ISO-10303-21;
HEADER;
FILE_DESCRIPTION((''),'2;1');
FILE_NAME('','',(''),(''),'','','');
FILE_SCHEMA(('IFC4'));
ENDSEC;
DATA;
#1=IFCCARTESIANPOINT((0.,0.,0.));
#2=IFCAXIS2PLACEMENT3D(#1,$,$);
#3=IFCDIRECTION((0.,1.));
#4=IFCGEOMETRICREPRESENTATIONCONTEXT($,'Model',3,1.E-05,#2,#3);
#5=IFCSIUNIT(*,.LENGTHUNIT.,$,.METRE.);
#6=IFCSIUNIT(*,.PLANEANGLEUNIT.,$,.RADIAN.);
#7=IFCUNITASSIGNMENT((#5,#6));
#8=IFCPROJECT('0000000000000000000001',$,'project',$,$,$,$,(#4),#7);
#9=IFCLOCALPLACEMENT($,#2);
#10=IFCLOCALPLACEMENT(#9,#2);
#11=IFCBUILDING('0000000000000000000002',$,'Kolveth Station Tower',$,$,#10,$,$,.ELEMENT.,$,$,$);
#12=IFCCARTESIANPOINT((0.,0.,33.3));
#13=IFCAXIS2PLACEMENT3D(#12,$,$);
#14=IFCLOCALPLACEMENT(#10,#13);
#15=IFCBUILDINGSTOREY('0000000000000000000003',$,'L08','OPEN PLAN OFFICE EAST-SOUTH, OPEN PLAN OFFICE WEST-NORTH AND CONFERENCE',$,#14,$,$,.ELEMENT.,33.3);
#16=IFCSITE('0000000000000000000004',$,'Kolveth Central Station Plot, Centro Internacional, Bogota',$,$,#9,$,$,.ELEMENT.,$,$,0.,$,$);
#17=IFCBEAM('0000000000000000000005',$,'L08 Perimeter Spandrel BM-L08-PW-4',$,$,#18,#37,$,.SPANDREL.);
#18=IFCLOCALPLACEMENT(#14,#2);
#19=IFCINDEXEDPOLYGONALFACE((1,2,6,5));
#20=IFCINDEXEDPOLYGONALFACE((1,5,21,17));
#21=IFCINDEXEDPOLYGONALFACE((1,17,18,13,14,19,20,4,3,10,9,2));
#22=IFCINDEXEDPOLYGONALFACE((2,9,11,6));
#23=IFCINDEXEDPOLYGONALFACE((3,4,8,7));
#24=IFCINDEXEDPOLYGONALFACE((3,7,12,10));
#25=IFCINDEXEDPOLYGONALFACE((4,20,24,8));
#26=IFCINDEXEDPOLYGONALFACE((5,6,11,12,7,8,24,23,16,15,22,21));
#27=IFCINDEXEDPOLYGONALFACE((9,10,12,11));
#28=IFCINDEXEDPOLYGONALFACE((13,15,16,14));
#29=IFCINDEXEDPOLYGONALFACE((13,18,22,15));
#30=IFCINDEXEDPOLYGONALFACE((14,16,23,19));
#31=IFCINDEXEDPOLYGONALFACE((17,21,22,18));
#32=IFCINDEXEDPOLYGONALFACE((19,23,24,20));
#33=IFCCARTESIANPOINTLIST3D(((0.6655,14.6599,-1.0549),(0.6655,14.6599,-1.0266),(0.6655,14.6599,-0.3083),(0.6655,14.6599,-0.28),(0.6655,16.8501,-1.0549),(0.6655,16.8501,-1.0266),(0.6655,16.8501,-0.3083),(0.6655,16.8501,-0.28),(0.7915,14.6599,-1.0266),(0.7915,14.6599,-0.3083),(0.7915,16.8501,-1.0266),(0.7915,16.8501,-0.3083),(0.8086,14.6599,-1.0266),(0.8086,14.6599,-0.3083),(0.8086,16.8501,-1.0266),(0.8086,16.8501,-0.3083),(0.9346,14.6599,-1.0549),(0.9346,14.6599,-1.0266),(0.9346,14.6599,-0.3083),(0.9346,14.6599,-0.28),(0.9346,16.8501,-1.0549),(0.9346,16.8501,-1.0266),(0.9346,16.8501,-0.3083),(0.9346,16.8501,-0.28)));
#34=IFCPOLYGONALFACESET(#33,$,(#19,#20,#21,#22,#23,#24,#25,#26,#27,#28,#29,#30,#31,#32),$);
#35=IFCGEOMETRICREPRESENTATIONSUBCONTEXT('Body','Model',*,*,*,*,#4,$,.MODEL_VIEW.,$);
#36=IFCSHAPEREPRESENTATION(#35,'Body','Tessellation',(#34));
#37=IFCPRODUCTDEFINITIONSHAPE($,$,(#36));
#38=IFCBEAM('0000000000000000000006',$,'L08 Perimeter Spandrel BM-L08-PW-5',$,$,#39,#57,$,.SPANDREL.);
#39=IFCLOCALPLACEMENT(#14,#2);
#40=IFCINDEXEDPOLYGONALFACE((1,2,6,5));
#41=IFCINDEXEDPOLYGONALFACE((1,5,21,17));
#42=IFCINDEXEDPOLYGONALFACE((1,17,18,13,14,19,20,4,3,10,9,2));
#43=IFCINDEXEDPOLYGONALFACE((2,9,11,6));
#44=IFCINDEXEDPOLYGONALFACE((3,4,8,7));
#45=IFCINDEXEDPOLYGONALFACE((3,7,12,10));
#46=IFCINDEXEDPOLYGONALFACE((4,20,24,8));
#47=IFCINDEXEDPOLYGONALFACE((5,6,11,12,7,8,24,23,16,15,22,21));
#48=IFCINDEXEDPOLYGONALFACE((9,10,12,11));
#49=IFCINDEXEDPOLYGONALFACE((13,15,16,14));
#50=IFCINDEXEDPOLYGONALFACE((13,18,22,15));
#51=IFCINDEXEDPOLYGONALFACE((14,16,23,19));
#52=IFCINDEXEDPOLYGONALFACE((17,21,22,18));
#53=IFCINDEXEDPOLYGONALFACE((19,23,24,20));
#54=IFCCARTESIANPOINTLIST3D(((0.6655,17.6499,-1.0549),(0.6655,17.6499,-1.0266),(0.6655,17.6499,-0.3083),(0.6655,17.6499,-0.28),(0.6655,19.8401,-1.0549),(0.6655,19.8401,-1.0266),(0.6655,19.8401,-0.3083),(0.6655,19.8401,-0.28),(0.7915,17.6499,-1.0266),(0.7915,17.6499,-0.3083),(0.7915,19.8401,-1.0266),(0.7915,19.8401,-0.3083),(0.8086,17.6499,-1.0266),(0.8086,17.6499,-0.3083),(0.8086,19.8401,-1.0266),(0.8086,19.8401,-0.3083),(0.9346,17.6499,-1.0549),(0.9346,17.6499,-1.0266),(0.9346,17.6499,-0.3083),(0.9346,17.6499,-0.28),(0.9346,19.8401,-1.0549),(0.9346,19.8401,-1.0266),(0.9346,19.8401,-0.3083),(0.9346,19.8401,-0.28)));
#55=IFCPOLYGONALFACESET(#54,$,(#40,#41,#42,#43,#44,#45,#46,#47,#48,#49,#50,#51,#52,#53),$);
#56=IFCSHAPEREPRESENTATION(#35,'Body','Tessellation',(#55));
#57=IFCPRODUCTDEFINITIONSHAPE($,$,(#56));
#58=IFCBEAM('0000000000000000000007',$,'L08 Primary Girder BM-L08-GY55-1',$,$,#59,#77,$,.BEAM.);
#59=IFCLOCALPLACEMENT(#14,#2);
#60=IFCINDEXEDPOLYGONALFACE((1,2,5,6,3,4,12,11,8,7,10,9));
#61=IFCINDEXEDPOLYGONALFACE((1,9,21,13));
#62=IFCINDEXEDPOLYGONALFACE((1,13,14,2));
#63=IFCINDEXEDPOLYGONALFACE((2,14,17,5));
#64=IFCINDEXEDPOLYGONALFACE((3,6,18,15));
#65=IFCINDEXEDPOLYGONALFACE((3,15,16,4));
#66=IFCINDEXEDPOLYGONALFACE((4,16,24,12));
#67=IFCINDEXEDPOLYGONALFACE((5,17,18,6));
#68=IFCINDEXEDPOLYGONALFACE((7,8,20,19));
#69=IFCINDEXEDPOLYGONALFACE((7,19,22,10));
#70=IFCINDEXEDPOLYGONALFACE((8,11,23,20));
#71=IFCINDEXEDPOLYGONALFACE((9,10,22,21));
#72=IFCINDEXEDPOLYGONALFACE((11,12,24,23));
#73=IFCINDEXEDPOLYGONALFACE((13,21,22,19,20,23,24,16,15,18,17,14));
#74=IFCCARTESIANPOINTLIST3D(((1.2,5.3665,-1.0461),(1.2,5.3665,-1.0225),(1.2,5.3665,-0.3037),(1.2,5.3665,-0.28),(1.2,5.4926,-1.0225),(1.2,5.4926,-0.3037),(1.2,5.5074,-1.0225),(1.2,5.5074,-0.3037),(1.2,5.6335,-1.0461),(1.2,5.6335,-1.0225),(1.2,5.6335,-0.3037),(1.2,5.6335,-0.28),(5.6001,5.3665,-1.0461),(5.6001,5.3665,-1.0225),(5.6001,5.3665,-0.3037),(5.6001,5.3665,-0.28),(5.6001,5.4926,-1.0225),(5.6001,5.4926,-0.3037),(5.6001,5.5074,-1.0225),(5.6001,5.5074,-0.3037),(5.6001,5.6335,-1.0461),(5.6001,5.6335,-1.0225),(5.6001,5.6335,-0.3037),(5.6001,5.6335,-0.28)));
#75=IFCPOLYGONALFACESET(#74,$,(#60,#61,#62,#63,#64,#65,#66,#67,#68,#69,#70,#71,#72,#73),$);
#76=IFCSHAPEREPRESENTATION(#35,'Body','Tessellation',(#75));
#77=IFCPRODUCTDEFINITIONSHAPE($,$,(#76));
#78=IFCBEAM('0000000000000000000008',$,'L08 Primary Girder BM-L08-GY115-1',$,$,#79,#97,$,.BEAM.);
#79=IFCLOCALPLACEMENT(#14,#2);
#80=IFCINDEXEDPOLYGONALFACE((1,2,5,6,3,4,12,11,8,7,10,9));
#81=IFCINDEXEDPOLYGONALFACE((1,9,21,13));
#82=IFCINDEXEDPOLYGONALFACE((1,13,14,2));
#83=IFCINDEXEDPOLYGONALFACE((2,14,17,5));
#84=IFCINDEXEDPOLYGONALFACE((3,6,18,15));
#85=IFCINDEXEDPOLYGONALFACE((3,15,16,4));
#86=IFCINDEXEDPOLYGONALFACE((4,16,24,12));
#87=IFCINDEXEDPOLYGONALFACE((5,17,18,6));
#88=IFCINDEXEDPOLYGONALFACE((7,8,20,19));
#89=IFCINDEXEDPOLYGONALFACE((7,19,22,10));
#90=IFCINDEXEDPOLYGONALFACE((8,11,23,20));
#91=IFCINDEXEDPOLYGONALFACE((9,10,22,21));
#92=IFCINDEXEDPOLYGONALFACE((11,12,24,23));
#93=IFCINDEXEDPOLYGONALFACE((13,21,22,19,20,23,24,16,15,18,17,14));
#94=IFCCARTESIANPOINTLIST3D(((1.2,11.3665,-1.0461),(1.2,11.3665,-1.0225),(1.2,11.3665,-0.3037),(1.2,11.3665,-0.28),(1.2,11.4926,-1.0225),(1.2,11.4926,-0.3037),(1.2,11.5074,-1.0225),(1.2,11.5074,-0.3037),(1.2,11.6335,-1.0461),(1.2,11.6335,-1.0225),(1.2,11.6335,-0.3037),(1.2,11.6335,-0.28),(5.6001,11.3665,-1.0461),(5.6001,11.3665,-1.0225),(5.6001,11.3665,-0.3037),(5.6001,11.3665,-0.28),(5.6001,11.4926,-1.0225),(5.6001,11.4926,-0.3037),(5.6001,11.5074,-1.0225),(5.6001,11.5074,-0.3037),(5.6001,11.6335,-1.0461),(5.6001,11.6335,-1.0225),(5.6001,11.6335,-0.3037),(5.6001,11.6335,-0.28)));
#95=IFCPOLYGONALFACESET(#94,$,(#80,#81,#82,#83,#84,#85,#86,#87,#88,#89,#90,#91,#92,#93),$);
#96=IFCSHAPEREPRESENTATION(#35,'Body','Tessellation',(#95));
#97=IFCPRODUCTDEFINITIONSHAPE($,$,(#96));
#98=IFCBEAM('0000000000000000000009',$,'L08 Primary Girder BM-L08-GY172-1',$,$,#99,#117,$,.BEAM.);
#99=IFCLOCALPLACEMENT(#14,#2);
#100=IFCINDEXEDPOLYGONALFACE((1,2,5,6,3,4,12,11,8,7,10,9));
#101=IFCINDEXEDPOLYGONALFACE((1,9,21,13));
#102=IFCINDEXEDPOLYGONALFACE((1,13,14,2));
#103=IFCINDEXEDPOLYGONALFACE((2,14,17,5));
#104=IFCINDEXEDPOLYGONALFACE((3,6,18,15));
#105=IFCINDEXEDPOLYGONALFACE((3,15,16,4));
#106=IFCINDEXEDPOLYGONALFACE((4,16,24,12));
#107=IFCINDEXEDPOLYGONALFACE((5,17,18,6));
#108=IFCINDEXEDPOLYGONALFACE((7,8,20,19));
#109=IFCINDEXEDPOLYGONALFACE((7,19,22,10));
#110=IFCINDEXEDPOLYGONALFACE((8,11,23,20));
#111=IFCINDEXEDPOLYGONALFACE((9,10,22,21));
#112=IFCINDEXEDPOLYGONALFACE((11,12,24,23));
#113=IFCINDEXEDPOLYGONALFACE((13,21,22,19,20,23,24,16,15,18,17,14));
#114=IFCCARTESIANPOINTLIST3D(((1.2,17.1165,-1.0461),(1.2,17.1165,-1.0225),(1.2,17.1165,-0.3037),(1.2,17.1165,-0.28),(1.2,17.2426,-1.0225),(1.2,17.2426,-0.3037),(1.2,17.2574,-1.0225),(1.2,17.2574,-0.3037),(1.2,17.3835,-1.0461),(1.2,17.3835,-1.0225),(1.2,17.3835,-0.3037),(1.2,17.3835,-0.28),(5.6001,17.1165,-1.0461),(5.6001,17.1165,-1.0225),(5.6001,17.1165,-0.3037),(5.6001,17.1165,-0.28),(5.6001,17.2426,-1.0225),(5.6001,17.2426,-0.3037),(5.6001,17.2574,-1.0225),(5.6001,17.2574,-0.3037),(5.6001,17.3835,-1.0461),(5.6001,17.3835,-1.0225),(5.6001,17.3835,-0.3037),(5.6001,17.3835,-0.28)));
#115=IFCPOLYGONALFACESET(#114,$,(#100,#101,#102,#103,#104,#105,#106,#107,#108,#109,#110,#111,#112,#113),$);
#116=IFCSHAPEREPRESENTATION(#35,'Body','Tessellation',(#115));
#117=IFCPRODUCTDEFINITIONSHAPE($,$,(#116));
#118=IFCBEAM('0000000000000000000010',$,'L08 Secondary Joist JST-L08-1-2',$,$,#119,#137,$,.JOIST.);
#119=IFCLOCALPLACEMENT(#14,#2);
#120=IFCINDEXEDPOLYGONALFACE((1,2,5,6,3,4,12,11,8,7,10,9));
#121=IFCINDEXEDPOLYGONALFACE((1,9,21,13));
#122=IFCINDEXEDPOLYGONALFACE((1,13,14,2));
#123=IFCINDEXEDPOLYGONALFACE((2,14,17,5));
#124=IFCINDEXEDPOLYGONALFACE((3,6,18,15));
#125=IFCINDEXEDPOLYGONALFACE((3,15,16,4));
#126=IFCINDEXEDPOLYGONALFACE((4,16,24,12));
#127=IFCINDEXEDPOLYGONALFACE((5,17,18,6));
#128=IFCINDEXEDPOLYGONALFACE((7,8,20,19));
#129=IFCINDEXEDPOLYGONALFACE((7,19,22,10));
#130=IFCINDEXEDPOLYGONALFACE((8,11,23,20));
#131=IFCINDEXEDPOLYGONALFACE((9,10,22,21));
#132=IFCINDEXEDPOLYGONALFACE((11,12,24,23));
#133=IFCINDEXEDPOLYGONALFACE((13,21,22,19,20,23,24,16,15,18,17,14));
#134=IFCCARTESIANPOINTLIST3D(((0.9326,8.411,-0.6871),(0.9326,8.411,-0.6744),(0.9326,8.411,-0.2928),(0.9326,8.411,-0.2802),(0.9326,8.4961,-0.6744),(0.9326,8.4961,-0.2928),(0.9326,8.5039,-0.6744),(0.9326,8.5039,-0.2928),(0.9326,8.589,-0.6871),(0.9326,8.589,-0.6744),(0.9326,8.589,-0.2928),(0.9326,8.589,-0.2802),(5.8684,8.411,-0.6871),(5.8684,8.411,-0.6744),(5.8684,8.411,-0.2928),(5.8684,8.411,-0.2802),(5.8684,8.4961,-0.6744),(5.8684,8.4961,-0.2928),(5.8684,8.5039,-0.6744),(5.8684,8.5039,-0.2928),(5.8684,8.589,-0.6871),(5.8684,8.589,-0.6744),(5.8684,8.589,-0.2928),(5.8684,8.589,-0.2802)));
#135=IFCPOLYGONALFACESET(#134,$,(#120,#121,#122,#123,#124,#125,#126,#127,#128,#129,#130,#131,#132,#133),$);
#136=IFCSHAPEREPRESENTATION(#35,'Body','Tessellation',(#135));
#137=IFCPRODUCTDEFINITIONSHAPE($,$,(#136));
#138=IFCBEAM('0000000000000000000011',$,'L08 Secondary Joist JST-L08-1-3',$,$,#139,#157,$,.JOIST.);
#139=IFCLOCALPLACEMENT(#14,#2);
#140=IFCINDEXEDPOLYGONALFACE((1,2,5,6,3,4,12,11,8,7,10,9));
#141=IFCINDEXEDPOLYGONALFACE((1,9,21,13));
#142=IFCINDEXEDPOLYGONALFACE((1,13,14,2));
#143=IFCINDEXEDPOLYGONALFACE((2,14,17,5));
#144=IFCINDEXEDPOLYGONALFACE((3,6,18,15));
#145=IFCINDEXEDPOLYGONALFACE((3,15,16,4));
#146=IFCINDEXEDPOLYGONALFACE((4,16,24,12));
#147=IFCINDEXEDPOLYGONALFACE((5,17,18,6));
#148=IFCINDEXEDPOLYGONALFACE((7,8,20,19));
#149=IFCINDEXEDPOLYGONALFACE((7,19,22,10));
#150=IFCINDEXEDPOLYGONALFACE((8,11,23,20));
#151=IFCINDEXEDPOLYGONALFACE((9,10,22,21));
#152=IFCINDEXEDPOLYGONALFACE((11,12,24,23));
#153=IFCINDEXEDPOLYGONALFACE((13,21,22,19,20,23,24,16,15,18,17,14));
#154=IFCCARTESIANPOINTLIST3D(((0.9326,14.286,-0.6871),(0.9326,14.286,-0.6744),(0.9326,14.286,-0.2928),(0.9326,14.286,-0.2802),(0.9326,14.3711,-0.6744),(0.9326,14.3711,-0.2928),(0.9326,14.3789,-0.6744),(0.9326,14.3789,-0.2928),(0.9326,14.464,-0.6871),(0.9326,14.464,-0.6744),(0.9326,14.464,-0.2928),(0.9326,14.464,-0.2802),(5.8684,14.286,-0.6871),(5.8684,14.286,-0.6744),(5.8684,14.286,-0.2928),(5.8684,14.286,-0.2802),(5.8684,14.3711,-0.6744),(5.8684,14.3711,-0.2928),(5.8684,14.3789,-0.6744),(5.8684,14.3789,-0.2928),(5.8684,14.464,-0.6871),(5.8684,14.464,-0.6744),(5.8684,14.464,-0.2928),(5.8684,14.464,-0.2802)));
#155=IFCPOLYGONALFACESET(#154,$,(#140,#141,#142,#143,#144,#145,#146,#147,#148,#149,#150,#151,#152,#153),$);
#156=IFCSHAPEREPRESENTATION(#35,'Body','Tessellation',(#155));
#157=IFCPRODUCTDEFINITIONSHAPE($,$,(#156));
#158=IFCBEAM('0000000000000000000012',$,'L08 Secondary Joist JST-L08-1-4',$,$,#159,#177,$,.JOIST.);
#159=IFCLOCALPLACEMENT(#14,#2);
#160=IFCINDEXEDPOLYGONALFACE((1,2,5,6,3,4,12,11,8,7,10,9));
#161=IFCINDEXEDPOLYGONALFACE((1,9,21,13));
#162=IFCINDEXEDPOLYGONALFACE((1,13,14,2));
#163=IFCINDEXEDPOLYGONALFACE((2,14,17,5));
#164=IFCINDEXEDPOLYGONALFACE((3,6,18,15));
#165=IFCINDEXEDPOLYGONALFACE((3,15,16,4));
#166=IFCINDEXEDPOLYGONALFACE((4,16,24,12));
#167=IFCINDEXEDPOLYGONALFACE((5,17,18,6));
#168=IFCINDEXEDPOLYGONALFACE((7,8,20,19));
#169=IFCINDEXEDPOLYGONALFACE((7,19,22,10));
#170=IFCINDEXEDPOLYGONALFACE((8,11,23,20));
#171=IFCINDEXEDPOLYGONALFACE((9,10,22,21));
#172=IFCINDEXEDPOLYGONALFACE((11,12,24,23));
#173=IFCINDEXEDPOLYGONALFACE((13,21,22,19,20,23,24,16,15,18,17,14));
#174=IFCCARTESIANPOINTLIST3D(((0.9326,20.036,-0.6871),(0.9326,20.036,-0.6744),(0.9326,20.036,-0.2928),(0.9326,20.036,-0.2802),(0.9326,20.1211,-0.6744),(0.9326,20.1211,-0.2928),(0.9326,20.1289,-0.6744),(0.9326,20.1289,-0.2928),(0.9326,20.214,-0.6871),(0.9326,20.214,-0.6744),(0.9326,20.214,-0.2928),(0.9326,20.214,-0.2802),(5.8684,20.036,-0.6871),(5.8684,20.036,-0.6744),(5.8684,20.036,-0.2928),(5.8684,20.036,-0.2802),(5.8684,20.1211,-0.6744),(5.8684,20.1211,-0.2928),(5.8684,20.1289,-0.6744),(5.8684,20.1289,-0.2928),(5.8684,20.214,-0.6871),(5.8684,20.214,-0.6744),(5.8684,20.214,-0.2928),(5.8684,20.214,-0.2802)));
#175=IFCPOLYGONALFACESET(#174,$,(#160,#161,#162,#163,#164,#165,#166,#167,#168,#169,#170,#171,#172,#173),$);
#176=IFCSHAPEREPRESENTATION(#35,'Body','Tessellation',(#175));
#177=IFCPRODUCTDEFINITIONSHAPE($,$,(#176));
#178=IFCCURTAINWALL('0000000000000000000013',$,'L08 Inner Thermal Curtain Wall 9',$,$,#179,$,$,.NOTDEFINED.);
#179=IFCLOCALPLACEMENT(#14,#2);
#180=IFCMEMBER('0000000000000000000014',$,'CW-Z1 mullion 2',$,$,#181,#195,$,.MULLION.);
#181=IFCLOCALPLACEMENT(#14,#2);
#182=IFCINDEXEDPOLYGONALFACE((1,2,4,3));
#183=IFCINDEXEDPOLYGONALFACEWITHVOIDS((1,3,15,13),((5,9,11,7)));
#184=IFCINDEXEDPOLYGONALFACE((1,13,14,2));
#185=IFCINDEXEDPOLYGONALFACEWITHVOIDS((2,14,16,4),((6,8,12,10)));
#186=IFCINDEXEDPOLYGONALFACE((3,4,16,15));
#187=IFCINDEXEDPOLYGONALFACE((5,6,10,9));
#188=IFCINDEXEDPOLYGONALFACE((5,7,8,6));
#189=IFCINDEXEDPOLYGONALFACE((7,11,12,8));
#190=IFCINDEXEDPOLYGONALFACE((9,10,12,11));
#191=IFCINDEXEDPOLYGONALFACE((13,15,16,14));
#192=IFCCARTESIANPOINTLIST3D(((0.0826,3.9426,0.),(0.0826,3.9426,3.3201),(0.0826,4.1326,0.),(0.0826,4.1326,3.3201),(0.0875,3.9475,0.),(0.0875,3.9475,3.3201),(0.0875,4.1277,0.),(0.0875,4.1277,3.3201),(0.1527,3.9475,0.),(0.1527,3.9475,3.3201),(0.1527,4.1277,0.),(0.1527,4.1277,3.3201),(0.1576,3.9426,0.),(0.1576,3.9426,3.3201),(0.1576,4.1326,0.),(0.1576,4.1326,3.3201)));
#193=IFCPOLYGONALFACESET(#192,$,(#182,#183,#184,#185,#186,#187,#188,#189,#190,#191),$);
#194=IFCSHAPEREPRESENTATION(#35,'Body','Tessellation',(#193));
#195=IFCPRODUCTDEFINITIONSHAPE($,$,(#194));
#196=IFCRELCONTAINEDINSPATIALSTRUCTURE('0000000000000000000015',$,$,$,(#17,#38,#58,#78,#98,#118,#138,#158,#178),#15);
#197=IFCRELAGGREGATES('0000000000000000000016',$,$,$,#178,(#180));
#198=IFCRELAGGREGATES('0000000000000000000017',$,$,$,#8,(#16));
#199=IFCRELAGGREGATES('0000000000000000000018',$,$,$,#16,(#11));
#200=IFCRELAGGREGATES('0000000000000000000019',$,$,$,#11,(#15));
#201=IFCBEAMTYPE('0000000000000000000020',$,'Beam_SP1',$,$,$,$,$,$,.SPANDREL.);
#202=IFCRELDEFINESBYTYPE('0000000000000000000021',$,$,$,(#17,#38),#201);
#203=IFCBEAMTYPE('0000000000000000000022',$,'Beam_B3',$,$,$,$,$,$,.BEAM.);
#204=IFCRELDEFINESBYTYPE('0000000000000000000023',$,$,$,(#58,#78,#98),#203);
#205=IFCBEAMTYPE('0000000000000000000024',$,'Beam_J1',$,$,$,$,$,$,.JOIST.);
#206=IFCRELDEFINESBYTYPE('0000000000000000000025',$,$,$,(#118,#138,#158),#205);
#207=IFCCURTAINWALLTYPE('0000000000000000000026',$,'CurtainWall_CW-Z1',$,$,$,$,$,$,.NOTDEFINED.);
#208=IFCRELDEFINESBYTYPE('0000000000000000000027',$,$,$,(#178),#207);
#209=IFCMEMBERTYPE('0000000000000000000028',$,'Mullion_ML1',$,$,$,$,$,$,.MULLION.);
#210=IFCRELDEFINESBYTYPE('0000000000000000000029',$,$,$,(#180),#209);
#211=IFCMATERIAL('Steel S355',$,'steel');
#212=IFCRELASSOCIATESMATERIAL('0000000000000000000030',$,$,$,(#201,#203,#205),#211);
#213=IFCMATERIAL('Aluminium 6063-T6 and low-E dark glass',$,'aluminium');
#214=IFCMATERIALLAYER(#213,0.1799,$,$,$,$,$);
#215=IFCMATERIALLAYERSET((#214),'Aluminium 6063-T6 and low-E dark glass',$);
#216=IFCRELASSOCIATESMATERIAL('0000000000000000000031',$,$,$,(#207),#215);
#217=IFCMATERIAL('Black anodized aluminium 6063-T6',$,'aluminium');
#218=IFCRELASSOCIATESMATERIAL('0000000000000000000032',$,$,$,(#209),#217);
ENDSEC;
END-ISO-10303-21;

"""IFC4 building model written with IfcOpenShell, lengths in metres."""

from ifc_helpers import new_model, si_unit, direction, frame, origin, origin_2d, place, context, subcontext, project, spatial, hollow_rectangle, i_section, extrude, source, transform, mapped, material, layer, layer_set, material_profile, profile_set, type_object, element, aggregate, save


model = new_model("IFC4")

# Units and contexts
model_context = context("Model", 3, precision=1e-05, world=origin(), true_north=direction((0.0, 1.0)))
body_context = subcontext(model_context, "Body", "Model", "MODEL_VIEW")
ifc_project = project(units=[si_unit("LENGTHUNIT", "METRE"), si_unit("PLANEANGLEUNIT", "RADIAN")], contexts=[model_context])

# Site, building, storey
site_placement = place(None, origin())
site = spatial("IfcSite", under=ifc_project, at=site_placement, Name="Kolveth Central Station Plot, Centro Internacional, Bogota", CompositionType="ELEMENT", RefElevation=0.0)
building_placement = place(site_placement, origin())
building = spatial("IfcBuilding", under=site, at=building_placement, Name="Kolveth Station Tower", CompositionType="ELEMENT")
storey_placement = place(building_placement, frame((0.0, 0.0, 33.3)))
storey = spatial("IfcBuildingStorey", under=building, at=storey_placement, Name="L08", Description="OPEN PLAN OFFICE EAST-SOUTH, OPEN PLAN OFFICE WEST-NORTH AND CONFERENCE", CompositionType="ELEMENT", Elevation=33.3)

# Shared definitions
ifc_material_1 = material(Name="Steel S355", Category="steel")

# Beams
ifc_material_profile_1 = material_profile(ifc_material_1, i_section(OverallWidth=0.269, OverallDepth=0.7749, WebThickness=0.0171, FlangeThickness=0.0283, at=origin_2d()), Name="W760x220")
ifc_profile_set_1 = profile_set([ifc_material_profile_1], Name="Steel S355")
beam_type_1 = type_object("IfcBeamType", Name="Beam_SP1", PredefinedType="SPANDREL", material=ifc_profile_set_1)
shared_shape_1 = source(origin(), body_context, "Body", "SweptSolid", [
    extrude(i_section(OverallWidth=0.269, OverallDepth=0.7749, WebThickness=0.0171, FlangeThickness=0.0283, at=origin_2d()), origin(), (0.0, 0.0, 1.0), 2.1902),
])
for number, where, z_axis, x_axis, name in (
    (1, (0.8, 14.6599, -0.6675), (0.0, 1.0, 0.0), (-1.0, 0.0, 0.0), "L08 Perimeter Spandrel BM-L08-PW-4"),
    (2, (0.8, 17.6499, -0.6675), (0.0, 1.0, 0.0), (-1.0, 0.0, 0.0), "L08 Perimeter Spandrel BM-L08-PW-5"),
):
    element("IfcBeam", number, at=place(storey_placement, frame(where, z_axis=z_axis, x_axis=x_axis)), inside=storey, type_object=beam_type_1, Name=name, PredefinedType="SPANDREL", context=body_context, shape_type="MappedRepresentation", body=[
        mapped(shared_shape_1, transform((0.0, 0.0, 0.0), x_axis=(1.0, 0.0, 0.0), y_axis=(0.0, 1.0, 0.0), z_axis=(0.0, 0.0, 1.0), scale=1.0)),
    ])
ifc_material_profile_2 = material_profile(ifc_material_1, i_section(OverallWidth=0.2671, OverallDepth=0.7661, WebThickness=0.0149, FlangeThickness=0.0237, at=origin_2d()), Name="W760x185")
ifc_profile_set_2 = profile_set([ifc_material_profile_2], Name="Steel S355")
beam_type_2 = type_object("IfcBeamType", Name="Beam_B3", PredefinedType="BEAM", material=ifc_profile_set_2)
shared_shape_2 = source(origin(), body_context, "Body", "SweptSolid", [
    extrude(i_section(OverallWidth=0.2671, OverallDepth=0.7661, WebThickness=0.0149, FlangeThickness=0.0237, at=origin_2d()), origin(), (0.0, 0.0, 1.0), 4.4001),
])
for number, where, z_axis, x_axis, name in (
    (3, (1.2, 5.5, -0.6631), (1.0, 0.0, 0.0), (0.0, 1.0, 0.0), "L08 Primary Girder BM-L08-GY55-1"),
    (4, (1.2, 11.5, -0.6631), (1.0, 0.0, 0.0), (0.0, 1.0, 0.0), "L08 Primary Girder BM-L08-GY115-1"),
    (5, (1.2, 17.25, -0.6631), (1.0, 0.0, 0.0), (0.0, 1.0, 0.0), "L08 Primary Girder BM-L08-GY172-1"),
):
    element("IfcBeam", number, at=place(storey_placement, frame(where, z_axis=z_axis, x_axis=x_axis)), inside=storey, type_object=beam_type_2, Name=name, PredefinedType="BEAM", context=body_context, shape_type="MappedRepresentation", body=[
        mapped(shared_shape_2, transform((0.0, 0.0, 0.0), x_axis=(1.0, 0.0, 0.0), y_axis=(0.0, 1.0, 0.0), z_axis=(0.0, 0.0, 1.0), scale=1.0)),
    ])
ifc_material_profile_3 = material_profile(ifc_material_1, i_section(OverallWidth=0.178, OverallDepth=0.407, WebThickness=0.0078, FlangeThickness=0.0127, at=origin_2d()), Name="W410x60")
ifc_profile_set_3 = profile_set([ifc_material_profile_3], Name="Steel S355")
beam_type_3 = type_object("IfcBeamType", Name="Beam_J1", PredefinedType="JOIST", material=ifc_profile_set_3)
shared_shape_3 = source(origin(), body_context, "Body", "SweptSolid", [
    extrude(i_section(OverallWidth=0.178, OverallDepth=0.407, WebThickness=0.0078, FlangeThickness=0.0127, at=origin_2d()), origin(), (0.0, 0.0, 1.0), 4.9358),
])
for number, where, z_axis, x_axis, name in (
    (6, (0.9326, 8.5, -0.4836), (1.0, 0.0, 0.0), (0.0, 1.0, 0.0), "L08 Secondary Joist JST-L08-1-2"),
    (7, (0.9326, 14.375, -0.4836), (1.0, 0.0, 0.0), (0.0, 1.0, 0.0), "L08 Secondary Joist JST-L08-1-3"),
    (8, (0.9326, 20.125, -0.4836), (1.0, 0.0, 0.0), (0.0, 1.0, 0.0), "L08 Secondary Joist JST-L08-1-4"),
):
    element("IfcBeam", number, at=place(storey_placement, frame(where, z_axis=z_axis, x_axis=x_axis)), inside=storey, type_object=beam_type_3, Name=name, PredefinedType="JOIST", context=body_context, shape_type="MappedRepresentation", body=[
        mapped(shared_shape_3, transform((0.0, 0.0, 0.0), x_axis=(1.0, 0.0, 0.0), y_axis=(0.0, 1.0, 0.0), z_axis=(0.0, 0.0, 1.0), scale=1.0)),
    ])

# Curtain wall, member
ifc_material_2 = material(Name="Aluminium 6063-T6 and low-E dark glass", Category="aluminium")
ifc_layer_1 = layer(ifc_material_2, 0.1799)
ifc_layer_set_1 = layer_set([ifc_layer_1], Name="Aluminium 6063-T6 and low-E dark glass")
curtain_wall_type_1 = type_object("IfcCurtainWallType", Name="CurtainWall_CW-Z1", PredefinedType="NOTDEFINED", material=ifc_layer_set_1)
curtain_wall_1_placement = place(storey_placement, origin())
curtain_wall_1 = element("IfcCurtainWall", 9, at=curtain_wall_1_placement, inside=storey, type_object=curtain_wall_type_1, Name="L08 Inner Thermal Curtain Wall 9", PredefinedType="NOTDEFINED")
ifc_material_3 = material(Name="Black anodized aluminium 6063-T6", Category="aluminium")
ifc_material_profile_4 = material_profile(ifc_material_3, hollow_rectangle(XDim=0.075, YDim=0.1899, WallThickness=0.0049, at=origin_2d()), Name="ALU-75x190x5")
ifc_profile_set_4 = profile_set([ifc_material_profile_4], Name="Black anodized aluminium 6063-T6")
member_type_1 = type_object("IfcMemberType", Name="Mullion_ML1", PredefinedType="MULLION", material=ifc_profile_set_4)
shared_shape_4 = source(origin(), body_context, "Body", "SweptSolid", [
    extrude(hollow_rectangle(XDim=0.075, YDim=0.1899, WallThickness=0.0049, at=origin_2d()), origin(), (0.0, 0.0, 1.0), 3.3201),
])
member_1_placement = place(storey_placement, frame((0.1201, 4.0376, 0.0), z_axis=(0.0, 0.0, 1.0), x_axis=(1.0, 0.0, 0.0)))
member_1 = element("IfcMember", 10, at=member_1_placement, type_object=member_type_1, Name="CW-Z1 mullion 2", PredefinedType="MULLION", context=body_context, shape_type="MappedRepresentation", body=[
    mapped(shared_shape_4, transform((0.0, 0.0, 0.0), x_axis=(1.0, 0.0, 0.0), y_axis=(0.0, 1.0, 0.0), z_axis=(0.0, 0.0, 1.0), scale=1.0)),
])
aggregate(curtain_wall_1, [member_1])

save(model, "model.ifc")
